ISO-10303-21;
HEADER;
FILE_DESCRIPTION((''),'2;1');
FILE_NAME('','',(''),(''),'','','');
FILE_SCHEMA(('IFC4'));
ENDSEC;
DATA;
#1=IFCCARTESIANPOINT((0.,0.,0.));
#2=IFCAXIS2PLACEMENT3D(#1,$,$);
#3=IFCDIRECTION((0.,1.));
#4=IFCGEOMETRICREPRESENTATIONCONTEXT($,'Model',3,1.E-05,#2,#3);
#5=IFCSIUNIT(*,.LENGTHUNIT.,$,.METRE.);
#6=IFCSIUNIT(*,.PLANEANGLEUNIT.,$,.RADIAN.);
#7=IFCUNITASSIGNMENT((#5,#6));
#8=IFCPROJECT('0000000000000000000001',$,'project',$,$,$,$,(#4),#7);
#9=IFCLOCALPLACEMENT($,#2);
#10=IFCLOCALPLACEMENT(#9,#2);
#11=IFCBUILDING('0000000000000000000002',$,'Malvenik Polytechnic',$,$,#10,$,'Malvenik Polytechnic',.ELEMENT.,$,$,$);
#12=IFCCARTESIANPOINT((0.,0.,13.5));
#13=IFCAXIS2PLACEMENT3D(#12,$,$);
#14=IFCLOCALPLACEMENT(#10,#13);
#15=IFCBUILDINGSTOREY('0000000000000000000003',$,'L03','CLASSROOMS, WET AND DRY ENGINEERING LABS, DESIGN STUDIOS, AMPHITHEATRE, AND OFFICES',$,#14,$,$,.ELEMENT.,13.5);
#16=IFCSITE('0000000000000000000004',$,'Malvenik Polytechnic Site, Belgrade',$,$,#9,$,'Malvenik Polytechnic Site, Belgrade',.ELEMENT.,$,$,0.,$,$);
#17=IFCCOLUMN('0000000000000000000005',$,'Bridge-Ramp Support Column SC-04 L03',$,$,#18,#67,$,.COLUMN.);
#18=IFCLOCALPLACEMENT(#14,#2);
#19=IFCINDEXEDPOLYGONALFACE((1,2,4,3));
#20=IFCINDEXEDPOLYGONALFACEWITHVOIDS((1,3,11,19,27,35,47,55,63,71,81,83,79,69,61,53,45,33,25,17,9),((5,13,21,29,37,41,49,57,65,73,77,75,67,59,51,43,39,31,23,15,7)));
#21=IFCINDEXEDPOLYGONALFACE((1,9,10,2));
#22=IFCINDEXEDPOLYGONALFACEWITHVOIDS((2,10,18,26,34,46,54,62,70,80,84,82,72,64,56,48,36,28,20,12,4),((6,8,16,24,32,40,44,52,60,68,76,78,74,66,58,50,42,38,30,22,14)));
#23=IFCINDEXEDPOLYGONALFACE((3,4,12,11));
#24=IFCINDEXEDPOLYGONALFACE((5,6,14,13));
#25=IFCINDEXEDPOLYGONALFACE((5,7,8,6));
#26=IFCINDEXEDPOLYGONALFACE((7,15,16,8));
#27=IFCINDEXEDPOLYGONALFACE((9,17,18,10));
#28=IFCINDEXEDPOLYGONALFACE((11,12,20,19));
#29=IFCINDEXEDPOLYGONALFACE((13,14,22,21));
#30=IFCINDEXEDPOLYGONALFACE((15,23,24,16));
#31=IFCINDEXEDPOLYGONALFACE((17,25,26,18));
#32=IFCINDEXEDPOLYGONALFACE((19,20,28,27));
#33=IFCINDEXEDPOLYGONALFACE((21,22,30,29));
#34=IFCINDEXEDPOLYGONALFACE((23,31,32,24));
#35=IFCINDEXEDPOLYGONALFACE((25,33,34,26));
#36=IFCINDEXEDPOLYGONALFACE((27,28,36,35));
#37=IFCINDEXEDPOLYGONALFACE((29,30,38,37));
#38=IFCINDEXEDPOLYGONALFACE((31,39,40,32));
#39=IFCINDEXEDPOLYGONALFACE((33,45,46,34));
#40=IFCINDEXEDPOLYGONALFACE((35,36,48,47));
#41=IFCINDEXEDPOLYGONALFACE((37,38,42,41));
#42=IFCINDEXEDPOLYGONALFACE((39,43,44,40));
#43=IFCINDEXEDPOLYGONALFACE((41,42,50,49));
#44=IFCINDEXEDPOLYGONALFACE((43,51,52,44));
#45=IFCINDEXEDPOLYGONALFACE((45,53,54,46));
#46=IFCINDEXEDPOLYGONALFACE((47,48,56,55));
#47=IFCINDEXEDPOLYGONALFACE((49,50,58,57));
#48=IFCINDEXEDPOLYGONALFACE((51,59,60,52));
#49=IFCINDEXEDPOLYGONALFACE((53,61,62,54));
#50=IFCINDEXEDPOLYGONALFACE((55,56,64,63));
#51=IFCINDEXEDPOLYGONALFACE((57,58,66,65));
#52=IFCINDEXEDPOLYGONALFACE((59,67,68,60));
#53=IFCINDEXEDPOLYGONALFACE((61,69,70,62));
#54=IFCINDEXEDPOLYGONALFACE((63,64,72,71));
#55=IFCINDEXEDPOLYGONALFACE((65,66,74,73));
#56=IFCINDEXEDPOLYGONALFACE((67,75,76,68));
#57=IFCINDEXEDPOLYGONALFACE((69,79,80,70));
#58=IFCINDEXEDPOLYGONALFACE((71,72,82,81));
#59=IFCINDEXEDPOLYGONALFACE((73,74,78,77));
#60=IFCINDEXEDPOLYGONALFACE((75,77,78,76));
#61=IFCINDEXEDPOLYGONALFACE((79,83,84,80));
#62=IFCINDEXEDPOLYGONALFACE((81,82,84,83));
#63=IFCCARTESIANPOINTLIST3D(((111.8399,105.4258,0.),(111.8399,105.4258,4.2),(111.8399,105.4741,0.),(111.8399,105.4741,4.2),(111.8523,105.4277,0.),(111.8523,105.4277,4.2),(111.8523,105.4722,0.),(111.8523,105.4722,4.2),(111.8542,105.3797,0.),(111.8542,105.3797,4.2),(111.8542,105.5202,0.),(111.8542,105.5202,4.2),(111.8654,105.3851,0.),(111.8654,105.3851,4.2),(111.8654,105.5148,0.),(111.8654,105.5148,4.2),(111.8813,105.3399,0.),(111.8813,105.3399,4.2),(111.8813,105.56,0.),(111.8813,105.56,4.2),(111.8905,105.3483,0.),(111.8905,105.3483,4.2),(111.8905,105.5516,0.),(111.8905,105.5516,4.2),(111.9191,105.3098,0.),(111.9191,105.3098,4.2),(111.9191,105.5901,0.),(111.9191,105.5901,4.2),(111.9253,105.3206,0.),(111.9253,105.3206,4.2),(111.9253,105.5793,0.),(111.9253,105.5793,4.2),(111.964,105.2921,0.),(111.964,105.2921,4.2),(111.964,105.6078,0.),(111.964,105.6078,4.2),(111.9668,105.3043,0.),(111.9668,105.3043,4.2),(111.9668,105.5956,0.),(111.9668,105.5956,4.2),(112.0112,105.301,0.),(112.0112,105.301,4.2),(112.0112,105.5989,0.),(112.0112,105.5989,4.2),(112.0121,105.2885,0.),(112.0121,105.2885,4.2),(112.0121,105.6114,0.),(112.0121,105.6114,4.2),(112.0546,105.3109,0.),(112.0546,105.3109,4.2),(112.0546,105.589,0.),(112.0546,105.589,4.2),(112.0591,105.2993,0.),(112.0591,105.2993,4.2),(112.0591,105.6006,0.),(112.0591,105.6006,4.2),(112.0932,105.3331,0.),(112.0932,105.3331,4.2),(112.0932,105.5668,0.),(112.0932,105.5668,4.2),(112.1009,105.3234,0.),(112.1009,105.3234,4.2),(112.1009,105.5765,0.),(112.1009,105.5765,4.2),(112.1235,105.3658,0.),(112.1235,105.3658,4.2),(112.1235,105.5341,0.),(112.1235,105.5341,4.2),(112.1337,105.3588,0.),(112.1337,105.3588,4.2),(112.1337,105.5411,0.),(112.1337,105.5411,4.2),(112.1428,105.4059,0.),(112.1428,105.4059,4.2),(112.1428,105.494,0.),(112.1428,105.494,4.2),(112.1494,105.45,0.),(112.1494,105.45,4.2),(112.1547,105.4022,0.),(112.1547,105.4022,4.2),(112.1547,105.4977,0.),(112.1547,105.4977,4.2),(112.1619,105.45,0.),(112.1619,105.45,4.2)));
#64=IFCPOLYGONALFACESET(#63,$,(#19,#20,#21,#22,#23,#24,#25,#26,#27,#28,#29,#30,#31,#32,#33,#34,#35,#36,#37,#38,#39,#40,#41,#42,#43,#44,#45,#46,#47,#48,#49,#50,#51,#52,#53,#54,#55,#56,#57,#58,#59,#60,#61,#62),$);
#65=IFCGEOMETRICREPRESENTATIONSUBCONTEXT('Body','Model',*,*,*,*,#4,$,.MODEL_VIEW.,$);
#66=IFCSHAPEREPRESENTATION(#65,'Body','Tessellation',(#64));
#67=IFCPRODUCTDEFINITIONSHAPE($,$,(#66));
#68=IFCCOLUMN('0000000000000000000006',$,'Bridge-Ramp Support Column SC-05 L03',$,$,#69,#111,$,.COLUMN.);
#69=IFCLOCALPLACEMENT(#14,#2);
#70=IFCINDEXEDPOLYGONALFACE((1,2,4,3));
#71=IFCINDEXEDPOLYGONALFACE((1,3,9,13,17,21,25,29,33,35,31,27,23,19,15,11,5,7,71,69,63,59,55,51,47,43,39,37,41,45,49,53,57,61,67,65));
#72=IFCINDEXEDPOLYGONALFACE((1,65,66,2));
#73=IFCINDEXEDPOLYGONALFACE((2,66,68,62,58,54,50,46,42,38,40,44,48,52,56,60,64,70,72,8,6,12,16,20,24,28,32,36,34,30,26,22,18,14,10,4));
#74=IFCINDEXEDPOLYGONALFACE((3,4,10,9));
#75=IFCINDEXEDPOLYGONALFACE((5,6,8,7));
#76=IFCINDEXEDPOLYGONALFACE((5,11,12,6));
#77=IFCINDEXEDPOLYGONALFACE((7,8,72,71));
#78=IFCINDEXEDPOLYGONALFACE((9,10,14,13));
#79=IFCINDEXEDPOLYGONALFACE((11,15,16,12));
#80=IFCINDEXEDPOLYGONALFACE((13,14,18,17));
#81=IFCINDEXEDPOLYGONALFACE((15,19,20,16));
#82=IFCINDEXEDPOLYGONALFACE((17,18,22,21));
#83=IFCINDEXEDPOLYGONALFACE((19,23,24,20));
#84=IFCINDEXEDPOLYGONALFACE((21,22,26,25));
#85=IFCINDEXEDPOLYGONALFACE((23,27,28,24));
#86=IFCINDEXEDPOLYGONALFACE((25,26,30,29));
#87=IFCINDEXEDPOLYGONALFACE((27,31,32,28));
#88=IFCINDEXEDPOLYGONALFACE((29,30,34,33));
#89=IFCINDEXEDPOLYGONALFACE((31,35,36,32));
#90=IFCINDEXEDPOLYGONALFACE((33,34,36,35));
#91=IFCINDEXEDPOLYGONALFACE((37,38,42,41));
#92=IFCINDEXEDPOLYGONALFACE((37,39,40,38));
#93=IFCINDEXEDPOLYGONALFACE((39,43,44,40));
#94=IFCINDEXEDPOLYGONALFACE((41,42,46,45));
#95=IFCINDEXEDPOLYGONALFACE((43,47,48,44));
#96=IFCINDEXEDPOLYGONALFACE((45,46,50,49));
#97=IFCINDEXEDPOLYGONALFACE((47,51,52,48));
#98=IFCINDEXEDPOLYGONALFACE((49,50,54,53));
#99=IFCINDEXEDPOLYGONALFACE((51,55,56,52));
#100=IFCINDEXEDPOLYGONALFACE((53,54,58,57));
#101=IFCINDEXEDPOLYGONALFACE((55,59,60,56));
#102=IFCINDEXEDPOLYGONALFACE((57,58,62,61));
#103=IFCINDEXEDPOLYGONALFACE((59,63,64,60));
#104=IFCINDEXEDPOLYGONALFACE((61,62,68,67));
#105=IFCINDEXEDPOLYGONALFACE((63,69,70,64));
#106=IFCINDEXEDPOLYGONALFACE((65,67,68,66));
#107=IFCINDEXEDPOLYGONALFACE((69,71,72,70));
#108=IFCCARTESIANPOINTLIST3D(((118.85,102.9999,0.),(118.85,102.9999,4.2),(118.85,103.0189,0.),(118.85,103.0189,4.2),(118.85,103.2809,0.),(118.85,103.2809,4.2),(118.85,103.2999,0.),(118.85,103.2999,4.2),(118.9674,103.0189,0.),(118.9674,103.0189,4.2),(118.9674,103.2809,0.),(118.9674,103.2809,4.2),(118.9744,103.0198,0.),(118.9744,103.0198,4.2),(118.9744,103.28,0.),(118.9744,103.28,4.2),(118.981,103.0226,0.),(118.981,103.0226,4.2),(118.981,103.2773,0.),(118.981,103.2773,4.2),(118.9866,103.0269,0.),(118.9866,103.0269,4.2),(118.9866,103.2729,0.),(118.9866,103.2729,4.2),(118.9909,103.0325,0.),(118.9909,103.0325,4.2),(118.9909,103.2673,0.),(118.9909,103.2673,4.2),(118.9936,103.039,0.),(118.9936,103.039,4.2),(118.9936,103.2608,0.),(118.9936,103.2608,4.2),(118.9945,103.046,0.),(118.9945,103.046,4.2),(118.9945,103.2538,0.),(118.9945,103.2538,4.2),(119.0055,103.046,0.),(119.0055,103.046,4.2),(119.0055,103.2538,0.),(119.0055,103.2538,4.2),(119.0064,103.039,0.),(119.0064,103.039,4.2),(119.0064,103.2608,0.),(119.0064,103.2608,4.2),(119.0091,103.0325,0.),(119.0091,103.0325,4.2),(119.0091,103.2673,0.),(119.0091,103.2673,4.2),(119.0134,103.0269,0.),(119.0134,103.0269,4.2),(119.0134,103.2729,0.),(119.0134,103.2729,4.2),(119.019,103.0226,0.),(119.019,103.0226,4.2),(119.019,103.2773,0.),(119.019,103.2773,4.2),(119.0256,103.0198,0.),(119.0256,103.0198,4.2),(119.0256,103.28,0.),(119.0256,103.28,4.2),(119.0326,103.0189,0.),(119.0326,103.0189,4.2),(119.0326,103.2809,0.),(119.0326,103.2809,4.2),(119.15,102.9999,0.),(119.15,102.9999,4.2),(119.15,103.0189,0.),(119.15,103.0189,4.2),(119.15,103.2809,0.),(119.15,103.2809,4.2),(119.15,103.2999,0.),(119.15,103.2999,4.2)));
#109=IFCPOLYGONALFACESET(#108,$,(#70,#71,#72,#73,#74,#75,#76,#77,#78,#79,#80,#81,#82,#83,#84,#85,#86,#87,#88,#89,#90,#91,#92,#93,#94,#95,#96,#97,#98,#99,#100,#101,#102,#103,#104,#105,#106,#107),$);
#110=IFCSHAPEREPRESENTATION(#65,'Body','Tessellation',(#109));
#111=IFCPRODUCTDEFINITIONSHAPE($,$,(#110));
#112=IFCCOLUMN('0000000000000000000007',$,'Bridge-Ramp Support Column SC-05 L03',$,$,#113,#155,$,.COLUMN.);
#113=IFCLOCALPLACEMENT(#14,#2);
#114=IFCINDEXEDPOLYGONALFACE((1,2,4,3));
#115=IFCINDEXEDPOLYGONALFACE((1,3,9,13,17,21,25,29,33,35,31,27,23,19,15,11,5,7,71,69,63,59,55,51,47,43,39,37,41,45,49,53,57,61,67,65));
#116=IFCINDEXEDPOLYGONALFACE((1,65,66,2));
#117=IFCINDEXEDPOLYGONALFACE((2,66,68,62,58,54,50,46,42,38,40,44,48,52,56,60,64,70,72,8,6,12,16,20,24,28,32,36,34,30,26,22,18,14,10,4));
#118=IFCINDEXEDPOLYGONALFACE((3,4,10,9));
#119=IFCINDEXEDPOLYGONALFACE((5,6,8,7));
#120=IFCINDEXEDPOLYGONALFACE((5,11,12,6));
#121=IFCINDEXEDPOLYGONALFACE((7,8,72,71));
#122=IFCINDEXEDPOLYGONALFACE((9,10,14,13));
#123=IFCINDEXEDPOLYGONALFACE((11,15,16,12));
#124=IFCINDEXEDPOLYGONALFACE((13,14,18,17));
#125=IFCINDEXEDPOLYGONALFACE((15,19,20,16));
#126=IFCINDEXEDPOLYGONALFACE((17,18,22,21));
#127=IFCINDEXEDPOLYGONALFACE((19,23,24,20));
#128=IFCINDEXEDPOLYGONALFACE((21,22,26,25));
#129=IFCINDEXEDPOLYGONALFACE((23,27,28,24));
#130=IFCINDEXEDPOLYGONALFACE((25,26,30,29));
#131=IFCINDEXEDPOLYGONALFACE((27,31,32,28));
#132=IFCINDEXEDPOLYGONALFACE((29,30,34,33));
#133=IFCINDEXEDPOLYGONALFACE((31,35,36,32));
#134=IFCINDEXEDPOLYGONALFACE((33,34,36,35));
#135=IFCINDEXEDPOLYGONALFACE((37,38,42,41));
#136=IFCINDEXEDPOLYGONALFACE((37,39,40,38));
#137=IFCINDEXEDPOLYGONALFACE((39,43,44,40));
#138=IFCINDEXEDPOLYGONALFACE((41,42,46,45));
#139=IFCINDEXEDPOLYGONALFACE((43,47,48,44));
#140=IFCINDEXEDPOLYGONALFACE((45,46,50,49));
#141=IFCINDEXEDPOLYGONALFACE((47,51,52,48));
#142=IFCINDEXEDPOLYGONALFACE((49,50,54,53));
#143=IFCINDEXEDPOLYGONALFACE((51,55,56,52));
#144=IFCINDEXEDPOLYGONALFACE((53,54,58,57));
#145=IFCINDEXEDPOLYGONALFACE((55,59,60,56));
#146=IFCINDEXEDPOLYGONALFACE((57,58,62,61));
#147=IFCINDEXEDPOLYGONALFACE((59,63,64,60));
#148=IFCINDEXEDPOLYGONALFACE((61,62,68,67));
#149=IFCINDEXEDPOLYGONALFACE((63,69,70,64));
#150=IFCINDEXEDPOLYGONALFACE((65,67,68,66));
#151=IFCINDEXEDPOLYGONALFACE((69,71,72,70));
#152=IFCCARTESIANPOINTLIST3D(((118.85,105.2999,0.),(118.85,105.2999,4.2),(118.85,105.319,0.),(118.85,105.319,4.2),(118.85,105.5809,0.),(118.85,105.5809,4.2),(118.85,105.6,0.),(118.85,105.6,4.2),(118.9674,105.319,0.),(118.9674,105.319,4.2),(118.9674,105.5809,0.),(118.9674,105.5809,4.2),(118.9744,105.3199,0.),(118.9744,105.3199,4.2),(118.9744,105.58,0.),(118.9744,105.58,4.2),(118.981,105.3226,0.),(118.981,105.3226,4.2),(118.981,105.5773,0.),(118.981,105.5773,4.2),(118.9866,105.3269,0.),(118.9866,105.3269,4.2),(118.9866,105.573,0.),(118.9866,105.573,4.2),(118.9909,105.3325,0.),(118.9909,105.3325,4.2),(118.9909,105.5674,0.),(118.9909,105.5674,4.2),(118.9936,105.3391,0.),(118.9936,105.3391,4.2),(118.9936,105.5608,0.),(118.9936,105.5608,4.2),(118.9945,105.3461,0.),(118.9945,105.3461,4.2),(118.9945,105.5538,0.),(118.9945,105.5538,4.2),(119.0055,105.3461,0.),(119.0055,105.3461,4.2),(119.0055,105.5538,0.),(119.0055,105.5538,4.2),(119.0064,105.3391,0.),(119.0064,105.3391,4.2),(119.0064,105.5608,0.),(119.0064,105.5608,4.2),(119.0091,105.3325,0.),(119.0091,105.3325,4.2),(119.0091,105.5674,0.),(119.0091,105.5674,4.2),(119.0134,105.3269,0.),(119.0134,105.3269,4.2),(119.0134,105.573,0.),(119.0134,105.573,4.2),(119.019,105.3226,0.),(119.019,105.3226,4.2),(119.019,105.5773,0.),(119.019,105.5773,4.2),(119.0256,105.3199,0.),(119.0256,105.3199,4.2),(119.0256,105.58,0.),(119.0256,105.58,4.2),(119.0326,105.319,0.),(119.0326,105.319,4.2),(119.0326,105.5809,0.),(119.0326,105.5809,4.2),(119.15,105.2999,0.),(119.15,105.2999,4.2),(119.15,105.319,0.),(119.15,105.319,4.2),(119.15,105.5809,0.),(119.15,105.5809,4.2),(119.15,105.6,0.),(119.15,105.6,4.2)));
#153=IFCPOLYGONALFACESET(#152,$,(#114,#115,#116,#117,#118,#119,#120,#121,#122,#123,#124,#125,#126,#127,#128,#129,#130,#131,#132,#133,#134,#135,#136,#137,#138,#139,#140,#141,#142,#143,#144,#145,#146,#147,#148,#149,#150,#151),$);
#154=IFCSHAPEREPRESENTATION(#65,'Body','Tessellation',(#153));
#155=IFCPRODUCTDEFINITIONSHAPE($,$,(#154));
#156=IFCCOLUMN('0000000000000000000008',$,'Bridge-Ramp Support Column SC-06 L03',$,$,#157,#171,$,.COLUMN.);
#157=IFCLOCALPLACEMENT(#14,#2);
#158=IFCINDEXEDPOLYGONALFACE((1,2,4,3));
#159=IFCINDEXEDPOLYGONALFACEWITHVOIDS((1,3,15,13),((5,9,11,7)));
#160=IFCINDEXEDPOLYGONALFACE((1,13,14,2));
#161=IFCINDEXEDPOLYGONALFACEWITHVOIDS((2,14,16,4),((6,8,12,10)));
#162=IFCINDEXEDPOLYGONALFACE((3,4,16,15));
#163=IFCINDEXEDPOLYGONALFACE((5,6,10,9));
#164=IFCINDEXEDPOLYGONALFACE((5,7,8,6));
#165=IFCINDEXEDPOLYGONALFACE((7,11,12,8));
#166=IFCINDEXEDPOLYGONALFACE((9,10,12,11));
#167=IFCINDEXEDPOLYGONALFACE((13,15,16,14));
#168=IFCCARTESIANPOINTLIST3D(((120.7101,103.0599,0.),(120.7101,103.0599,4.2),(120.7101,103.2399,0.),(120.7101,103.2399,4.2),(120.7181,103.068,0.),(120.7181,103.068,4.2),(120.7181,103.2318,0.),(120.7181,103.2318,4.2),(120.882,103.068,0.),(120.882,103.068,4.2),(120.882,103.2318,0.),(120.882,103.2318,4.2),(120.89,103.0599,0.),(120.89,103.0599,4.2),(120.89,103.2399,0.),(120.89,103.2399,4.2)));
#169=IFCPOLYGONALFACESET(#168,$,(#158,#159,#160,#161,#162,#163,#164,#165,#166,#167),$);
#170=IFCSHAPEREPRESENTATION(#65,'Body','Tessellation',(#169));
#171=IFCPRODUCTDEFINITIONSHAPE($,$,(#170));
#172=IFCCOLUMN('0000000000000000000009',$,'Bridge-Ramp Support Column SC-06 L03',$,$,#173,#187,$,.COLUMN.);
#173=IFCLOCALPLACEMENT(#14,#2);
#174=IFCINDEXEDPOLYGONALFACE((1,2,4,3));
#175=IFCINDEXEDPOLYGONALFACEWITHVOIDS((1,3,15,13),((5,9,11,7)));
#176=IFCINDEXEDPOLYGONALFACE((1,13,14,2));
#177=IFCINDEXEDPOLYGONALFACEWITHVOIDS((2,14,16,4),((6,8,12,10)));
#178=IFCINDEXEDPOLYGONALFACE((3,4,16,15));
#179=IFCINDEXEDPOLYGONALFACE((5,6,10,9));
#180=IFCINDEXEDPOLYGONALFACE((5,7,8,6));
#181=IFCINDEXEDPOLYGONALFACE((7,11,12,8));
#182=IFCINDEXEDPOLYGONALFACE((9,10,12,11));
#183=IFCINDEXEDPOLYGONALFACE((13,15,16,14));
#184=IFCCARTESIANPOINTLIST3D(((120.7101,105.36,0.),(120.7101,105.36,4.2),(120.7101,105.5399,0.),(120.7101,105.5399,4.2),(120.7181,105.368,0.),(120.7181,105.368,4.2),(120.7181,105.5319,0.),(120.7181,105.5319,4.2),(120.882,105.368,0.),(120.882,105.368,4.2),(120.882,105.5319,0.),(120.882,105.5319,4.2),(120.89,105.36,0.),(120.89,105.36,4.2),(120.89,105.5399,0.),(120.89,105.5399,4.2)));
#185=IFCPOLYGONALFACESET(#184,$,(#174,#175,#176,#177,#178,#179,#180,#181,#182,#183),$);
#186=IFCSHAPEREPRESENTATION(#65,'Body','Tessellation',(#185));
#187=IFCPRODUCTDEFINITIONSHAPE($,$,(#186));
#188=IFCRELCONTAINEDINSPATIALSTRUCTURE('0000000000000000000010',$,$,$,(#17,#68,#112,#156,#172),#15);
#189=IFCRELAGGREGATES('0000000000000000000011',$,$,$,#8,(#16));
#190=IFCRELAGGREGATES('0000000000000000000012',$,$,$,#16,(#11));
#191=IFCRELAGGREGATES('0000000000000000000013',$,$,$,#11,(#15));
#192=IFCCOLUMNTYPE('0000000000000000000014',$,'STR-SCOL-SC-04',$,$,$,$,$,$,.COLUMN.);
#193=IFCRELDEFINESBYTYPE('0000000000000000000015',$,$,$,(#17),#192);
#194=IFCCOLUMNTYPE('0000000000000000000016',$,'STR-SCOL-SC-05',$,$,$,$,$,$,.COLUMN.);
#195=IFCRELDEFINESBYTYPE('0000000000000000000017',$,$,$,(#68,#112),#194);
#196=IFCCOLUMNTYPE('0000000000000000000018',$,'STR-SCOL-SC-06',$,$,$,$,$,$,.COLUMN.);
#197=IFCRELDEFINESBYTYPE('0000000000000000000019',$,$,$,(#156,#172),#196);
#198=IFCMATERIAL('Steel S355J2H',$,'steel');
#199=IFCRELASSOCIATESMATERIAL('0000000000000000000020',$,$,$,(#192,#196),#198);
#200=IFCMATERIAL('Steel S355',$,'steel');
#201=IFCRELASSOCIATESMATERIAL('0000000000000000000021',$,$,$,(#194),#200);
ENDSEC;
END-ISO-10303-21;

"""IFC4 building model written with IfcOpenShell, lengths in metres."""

from ifc_helpers import new_model, si_unit, direction, frame, origin, origin_2d, place, context, subcontext, project, spatial, hollow_rectangle, hollow_circle, i_section, extrude, material, material_profile, profile_set, type_object, element, save


model = new_model("IFC4")

# Units and contexts
model_context = context("Model", 3, precision=1e-05, world=origin(), true_north=direction((0.0, 1.0)))
body_context = subcontext(model_context, "Body", "Model", "MODEL_VIEW")
ifc_project = project(units=[si_unit("LENGTHUNIT", "METRE"), si_unit("PLANEANGLEUNIT", "RADIAN")], contexts=[model_context])

# Site, building, storey
site_placement = place(None, origin())
site = spatial("IfcSite", under=ifc_project, at=site_placement, Name="Malvenik Polytechnic Site, Belgrade", LongName="Malvenik Polytechnic Site, Belgrade", CompositionType="ELEMENT", RefElevation=0.0)
building_placement = place(site_placement, origin())
building = spatial("IfcBuilding", under=site, at=building_placement, Name="Malvenik Polytechnic", LongName="Malvenik Polytechnic", CompositionType="ELEMENT")
storey_placement = place(building_placement, frame((0.0, 0.0, 13.5)))
storey = spatial("IfcBuildingStorey", under=building, at=storey_placement, Name="L03", Description="CLASSROOMS, WET AND DRY ENGINEERING LABS, DESIGN STUDIOS, AMPHITHEATRE, AND OFFICES", CompositionType="ELEMENT", Elevation=13.5)

# Columns
ifc_material_1 = material(Name="Steel S355J2H", Category="steel")
ifc_material_profile_1 = material_profile(ifc_material_1, hollow_circle(Radius=0.1619, WallThickness=0.0125, at=origin_2d()), Name="CHS 323.9x12.5")
ifc_profile_set_1 = profile_set([ifc_material_profile_1], Name="Steel S355J2H")
column_type_1 = type_object("IfcColumnType", Name="STR-SCOL-SC-04", PredefinedType="COLUMN", material=ifc_profile_set_1)
for number, where, z_axis, x_axis, name in (
    (1, (112.0, 105.45, 0.0), (0.0, 0.0, 1.0), (1.0, 0.0, 0.0), "Bridge-Ramp Support Column SC-04 L03"),
):
    element("IfcColumn", number, at=place(storey_placement, frame(where, z_axis=z_axis, x_axis=x_axis)), inside=storey, type_object=column_type_1, Name=name, PredefinedType="COLUMN", context=body_context, shape_type="SweptSolid", body=[
        extrude(hollow_circle(Radius=0.1619, WallThickness=0.0125, at=origin_2d()), origin(), (0.0, 0.0, 1.0), 4.2),
    ])
ifc_material_2 = material(Name="Steel S355", Category="steel")
ifc_material_profile_2 = material_profile(ifc_material_2, i_section(OverallWidth=0.3, OverallDepth=0.3, WebThickness=0.011, FlangeThickness=0.019, FilletRadius=0.0271, at=origin_2d()), Name="HEB 300")
ifc_profile_set_2 = profile_set([ifc_material_profile_2], Name="Steel S355")
column_type_2 = type_object("IfcColumnType", Name="STR-SCOL-SC-05", PredefinedType="COLUMN", material=ifc_profile_set_2)
for number, where, z_axis, x_axis, name in (
    (2, (119.0, 103.1499, 0.0), (0.0, 0.0, 1.0), (1.0, 0.0, 0.0), "Bridge-Ramp Support Column SC-05 L03"),
    (3, (119.0, 105.45, 0.0), (0.0, 0.0, 1.0), (1.0, 0.0, 0.0), "Bridge-Ramp Support Column SC-05 L03"),
):
    element("IfcColumn", number, at=place(storey_placement, frame(where, z_axis=z_axis, x_axis=x_axis)), inside=storey, type_object=column_type_2, Name=name, PredefinedType="COLUMN", context=body_context, shape_type="SweptSolid", body=[
        extrude(i_section(OverallWidth=0.3, OverallDepth=0.3, WebThickness=0.011, FlangeThickness=0.019, FilletRadius=0.0271, at=origin_2d()), origin(), (0.0, 0.0, 1.0), 4.2),
    ])
ifc_material_profile_3 = material_profile(ifc_material_1, hollow_rectangle(XDim=0.1799, YDim=0.1799, WallThickness=0.0081, at=origin_2d()), Name="SHS 180x180x8.0")
ifc_profile_set_3 = profile_set([ifc_material_profile_3], Name="Steel S355J2H")
column_type_3 = type_object("IfcColumnType", Name="STR-SCOL-SC-06", PredefinedType="COLUMN", material=ifc_profile_set_3)
for number, where, z_axis, x_axis, name in (
    (4, (120.8, 103.1499, 0.0), (0.0, 0.0, 1.0), (1.0, 0.0, 0.0), "Bridge-Ramp Support Column SC-06 L03"),
    (5, (120.8, 105.45, 0.0), (0.0, 0.0, 1.0), (1.0, 0.0, 0.0), "Bridge-Ramp Support Column SC-06 L03"),
):
    element("IfcColumn", number, at=place(storey_placement, frame(where, z_axis=z_axis, x_axis=x_axis)), inside=storey, type_object=column_type_3, Name=name, PredefinedType="COLUMN", context=body_context, shape_type="SweptSolid", body=[
        extrude(hollow_rectangle(XDim=0.1799, YDim=0.1799, WallThickness=0.0081, at=origin_2d()), origin(), (0.0, 0.0, 1.0), 4.2),
    ])

save(model, "model.ifc")
